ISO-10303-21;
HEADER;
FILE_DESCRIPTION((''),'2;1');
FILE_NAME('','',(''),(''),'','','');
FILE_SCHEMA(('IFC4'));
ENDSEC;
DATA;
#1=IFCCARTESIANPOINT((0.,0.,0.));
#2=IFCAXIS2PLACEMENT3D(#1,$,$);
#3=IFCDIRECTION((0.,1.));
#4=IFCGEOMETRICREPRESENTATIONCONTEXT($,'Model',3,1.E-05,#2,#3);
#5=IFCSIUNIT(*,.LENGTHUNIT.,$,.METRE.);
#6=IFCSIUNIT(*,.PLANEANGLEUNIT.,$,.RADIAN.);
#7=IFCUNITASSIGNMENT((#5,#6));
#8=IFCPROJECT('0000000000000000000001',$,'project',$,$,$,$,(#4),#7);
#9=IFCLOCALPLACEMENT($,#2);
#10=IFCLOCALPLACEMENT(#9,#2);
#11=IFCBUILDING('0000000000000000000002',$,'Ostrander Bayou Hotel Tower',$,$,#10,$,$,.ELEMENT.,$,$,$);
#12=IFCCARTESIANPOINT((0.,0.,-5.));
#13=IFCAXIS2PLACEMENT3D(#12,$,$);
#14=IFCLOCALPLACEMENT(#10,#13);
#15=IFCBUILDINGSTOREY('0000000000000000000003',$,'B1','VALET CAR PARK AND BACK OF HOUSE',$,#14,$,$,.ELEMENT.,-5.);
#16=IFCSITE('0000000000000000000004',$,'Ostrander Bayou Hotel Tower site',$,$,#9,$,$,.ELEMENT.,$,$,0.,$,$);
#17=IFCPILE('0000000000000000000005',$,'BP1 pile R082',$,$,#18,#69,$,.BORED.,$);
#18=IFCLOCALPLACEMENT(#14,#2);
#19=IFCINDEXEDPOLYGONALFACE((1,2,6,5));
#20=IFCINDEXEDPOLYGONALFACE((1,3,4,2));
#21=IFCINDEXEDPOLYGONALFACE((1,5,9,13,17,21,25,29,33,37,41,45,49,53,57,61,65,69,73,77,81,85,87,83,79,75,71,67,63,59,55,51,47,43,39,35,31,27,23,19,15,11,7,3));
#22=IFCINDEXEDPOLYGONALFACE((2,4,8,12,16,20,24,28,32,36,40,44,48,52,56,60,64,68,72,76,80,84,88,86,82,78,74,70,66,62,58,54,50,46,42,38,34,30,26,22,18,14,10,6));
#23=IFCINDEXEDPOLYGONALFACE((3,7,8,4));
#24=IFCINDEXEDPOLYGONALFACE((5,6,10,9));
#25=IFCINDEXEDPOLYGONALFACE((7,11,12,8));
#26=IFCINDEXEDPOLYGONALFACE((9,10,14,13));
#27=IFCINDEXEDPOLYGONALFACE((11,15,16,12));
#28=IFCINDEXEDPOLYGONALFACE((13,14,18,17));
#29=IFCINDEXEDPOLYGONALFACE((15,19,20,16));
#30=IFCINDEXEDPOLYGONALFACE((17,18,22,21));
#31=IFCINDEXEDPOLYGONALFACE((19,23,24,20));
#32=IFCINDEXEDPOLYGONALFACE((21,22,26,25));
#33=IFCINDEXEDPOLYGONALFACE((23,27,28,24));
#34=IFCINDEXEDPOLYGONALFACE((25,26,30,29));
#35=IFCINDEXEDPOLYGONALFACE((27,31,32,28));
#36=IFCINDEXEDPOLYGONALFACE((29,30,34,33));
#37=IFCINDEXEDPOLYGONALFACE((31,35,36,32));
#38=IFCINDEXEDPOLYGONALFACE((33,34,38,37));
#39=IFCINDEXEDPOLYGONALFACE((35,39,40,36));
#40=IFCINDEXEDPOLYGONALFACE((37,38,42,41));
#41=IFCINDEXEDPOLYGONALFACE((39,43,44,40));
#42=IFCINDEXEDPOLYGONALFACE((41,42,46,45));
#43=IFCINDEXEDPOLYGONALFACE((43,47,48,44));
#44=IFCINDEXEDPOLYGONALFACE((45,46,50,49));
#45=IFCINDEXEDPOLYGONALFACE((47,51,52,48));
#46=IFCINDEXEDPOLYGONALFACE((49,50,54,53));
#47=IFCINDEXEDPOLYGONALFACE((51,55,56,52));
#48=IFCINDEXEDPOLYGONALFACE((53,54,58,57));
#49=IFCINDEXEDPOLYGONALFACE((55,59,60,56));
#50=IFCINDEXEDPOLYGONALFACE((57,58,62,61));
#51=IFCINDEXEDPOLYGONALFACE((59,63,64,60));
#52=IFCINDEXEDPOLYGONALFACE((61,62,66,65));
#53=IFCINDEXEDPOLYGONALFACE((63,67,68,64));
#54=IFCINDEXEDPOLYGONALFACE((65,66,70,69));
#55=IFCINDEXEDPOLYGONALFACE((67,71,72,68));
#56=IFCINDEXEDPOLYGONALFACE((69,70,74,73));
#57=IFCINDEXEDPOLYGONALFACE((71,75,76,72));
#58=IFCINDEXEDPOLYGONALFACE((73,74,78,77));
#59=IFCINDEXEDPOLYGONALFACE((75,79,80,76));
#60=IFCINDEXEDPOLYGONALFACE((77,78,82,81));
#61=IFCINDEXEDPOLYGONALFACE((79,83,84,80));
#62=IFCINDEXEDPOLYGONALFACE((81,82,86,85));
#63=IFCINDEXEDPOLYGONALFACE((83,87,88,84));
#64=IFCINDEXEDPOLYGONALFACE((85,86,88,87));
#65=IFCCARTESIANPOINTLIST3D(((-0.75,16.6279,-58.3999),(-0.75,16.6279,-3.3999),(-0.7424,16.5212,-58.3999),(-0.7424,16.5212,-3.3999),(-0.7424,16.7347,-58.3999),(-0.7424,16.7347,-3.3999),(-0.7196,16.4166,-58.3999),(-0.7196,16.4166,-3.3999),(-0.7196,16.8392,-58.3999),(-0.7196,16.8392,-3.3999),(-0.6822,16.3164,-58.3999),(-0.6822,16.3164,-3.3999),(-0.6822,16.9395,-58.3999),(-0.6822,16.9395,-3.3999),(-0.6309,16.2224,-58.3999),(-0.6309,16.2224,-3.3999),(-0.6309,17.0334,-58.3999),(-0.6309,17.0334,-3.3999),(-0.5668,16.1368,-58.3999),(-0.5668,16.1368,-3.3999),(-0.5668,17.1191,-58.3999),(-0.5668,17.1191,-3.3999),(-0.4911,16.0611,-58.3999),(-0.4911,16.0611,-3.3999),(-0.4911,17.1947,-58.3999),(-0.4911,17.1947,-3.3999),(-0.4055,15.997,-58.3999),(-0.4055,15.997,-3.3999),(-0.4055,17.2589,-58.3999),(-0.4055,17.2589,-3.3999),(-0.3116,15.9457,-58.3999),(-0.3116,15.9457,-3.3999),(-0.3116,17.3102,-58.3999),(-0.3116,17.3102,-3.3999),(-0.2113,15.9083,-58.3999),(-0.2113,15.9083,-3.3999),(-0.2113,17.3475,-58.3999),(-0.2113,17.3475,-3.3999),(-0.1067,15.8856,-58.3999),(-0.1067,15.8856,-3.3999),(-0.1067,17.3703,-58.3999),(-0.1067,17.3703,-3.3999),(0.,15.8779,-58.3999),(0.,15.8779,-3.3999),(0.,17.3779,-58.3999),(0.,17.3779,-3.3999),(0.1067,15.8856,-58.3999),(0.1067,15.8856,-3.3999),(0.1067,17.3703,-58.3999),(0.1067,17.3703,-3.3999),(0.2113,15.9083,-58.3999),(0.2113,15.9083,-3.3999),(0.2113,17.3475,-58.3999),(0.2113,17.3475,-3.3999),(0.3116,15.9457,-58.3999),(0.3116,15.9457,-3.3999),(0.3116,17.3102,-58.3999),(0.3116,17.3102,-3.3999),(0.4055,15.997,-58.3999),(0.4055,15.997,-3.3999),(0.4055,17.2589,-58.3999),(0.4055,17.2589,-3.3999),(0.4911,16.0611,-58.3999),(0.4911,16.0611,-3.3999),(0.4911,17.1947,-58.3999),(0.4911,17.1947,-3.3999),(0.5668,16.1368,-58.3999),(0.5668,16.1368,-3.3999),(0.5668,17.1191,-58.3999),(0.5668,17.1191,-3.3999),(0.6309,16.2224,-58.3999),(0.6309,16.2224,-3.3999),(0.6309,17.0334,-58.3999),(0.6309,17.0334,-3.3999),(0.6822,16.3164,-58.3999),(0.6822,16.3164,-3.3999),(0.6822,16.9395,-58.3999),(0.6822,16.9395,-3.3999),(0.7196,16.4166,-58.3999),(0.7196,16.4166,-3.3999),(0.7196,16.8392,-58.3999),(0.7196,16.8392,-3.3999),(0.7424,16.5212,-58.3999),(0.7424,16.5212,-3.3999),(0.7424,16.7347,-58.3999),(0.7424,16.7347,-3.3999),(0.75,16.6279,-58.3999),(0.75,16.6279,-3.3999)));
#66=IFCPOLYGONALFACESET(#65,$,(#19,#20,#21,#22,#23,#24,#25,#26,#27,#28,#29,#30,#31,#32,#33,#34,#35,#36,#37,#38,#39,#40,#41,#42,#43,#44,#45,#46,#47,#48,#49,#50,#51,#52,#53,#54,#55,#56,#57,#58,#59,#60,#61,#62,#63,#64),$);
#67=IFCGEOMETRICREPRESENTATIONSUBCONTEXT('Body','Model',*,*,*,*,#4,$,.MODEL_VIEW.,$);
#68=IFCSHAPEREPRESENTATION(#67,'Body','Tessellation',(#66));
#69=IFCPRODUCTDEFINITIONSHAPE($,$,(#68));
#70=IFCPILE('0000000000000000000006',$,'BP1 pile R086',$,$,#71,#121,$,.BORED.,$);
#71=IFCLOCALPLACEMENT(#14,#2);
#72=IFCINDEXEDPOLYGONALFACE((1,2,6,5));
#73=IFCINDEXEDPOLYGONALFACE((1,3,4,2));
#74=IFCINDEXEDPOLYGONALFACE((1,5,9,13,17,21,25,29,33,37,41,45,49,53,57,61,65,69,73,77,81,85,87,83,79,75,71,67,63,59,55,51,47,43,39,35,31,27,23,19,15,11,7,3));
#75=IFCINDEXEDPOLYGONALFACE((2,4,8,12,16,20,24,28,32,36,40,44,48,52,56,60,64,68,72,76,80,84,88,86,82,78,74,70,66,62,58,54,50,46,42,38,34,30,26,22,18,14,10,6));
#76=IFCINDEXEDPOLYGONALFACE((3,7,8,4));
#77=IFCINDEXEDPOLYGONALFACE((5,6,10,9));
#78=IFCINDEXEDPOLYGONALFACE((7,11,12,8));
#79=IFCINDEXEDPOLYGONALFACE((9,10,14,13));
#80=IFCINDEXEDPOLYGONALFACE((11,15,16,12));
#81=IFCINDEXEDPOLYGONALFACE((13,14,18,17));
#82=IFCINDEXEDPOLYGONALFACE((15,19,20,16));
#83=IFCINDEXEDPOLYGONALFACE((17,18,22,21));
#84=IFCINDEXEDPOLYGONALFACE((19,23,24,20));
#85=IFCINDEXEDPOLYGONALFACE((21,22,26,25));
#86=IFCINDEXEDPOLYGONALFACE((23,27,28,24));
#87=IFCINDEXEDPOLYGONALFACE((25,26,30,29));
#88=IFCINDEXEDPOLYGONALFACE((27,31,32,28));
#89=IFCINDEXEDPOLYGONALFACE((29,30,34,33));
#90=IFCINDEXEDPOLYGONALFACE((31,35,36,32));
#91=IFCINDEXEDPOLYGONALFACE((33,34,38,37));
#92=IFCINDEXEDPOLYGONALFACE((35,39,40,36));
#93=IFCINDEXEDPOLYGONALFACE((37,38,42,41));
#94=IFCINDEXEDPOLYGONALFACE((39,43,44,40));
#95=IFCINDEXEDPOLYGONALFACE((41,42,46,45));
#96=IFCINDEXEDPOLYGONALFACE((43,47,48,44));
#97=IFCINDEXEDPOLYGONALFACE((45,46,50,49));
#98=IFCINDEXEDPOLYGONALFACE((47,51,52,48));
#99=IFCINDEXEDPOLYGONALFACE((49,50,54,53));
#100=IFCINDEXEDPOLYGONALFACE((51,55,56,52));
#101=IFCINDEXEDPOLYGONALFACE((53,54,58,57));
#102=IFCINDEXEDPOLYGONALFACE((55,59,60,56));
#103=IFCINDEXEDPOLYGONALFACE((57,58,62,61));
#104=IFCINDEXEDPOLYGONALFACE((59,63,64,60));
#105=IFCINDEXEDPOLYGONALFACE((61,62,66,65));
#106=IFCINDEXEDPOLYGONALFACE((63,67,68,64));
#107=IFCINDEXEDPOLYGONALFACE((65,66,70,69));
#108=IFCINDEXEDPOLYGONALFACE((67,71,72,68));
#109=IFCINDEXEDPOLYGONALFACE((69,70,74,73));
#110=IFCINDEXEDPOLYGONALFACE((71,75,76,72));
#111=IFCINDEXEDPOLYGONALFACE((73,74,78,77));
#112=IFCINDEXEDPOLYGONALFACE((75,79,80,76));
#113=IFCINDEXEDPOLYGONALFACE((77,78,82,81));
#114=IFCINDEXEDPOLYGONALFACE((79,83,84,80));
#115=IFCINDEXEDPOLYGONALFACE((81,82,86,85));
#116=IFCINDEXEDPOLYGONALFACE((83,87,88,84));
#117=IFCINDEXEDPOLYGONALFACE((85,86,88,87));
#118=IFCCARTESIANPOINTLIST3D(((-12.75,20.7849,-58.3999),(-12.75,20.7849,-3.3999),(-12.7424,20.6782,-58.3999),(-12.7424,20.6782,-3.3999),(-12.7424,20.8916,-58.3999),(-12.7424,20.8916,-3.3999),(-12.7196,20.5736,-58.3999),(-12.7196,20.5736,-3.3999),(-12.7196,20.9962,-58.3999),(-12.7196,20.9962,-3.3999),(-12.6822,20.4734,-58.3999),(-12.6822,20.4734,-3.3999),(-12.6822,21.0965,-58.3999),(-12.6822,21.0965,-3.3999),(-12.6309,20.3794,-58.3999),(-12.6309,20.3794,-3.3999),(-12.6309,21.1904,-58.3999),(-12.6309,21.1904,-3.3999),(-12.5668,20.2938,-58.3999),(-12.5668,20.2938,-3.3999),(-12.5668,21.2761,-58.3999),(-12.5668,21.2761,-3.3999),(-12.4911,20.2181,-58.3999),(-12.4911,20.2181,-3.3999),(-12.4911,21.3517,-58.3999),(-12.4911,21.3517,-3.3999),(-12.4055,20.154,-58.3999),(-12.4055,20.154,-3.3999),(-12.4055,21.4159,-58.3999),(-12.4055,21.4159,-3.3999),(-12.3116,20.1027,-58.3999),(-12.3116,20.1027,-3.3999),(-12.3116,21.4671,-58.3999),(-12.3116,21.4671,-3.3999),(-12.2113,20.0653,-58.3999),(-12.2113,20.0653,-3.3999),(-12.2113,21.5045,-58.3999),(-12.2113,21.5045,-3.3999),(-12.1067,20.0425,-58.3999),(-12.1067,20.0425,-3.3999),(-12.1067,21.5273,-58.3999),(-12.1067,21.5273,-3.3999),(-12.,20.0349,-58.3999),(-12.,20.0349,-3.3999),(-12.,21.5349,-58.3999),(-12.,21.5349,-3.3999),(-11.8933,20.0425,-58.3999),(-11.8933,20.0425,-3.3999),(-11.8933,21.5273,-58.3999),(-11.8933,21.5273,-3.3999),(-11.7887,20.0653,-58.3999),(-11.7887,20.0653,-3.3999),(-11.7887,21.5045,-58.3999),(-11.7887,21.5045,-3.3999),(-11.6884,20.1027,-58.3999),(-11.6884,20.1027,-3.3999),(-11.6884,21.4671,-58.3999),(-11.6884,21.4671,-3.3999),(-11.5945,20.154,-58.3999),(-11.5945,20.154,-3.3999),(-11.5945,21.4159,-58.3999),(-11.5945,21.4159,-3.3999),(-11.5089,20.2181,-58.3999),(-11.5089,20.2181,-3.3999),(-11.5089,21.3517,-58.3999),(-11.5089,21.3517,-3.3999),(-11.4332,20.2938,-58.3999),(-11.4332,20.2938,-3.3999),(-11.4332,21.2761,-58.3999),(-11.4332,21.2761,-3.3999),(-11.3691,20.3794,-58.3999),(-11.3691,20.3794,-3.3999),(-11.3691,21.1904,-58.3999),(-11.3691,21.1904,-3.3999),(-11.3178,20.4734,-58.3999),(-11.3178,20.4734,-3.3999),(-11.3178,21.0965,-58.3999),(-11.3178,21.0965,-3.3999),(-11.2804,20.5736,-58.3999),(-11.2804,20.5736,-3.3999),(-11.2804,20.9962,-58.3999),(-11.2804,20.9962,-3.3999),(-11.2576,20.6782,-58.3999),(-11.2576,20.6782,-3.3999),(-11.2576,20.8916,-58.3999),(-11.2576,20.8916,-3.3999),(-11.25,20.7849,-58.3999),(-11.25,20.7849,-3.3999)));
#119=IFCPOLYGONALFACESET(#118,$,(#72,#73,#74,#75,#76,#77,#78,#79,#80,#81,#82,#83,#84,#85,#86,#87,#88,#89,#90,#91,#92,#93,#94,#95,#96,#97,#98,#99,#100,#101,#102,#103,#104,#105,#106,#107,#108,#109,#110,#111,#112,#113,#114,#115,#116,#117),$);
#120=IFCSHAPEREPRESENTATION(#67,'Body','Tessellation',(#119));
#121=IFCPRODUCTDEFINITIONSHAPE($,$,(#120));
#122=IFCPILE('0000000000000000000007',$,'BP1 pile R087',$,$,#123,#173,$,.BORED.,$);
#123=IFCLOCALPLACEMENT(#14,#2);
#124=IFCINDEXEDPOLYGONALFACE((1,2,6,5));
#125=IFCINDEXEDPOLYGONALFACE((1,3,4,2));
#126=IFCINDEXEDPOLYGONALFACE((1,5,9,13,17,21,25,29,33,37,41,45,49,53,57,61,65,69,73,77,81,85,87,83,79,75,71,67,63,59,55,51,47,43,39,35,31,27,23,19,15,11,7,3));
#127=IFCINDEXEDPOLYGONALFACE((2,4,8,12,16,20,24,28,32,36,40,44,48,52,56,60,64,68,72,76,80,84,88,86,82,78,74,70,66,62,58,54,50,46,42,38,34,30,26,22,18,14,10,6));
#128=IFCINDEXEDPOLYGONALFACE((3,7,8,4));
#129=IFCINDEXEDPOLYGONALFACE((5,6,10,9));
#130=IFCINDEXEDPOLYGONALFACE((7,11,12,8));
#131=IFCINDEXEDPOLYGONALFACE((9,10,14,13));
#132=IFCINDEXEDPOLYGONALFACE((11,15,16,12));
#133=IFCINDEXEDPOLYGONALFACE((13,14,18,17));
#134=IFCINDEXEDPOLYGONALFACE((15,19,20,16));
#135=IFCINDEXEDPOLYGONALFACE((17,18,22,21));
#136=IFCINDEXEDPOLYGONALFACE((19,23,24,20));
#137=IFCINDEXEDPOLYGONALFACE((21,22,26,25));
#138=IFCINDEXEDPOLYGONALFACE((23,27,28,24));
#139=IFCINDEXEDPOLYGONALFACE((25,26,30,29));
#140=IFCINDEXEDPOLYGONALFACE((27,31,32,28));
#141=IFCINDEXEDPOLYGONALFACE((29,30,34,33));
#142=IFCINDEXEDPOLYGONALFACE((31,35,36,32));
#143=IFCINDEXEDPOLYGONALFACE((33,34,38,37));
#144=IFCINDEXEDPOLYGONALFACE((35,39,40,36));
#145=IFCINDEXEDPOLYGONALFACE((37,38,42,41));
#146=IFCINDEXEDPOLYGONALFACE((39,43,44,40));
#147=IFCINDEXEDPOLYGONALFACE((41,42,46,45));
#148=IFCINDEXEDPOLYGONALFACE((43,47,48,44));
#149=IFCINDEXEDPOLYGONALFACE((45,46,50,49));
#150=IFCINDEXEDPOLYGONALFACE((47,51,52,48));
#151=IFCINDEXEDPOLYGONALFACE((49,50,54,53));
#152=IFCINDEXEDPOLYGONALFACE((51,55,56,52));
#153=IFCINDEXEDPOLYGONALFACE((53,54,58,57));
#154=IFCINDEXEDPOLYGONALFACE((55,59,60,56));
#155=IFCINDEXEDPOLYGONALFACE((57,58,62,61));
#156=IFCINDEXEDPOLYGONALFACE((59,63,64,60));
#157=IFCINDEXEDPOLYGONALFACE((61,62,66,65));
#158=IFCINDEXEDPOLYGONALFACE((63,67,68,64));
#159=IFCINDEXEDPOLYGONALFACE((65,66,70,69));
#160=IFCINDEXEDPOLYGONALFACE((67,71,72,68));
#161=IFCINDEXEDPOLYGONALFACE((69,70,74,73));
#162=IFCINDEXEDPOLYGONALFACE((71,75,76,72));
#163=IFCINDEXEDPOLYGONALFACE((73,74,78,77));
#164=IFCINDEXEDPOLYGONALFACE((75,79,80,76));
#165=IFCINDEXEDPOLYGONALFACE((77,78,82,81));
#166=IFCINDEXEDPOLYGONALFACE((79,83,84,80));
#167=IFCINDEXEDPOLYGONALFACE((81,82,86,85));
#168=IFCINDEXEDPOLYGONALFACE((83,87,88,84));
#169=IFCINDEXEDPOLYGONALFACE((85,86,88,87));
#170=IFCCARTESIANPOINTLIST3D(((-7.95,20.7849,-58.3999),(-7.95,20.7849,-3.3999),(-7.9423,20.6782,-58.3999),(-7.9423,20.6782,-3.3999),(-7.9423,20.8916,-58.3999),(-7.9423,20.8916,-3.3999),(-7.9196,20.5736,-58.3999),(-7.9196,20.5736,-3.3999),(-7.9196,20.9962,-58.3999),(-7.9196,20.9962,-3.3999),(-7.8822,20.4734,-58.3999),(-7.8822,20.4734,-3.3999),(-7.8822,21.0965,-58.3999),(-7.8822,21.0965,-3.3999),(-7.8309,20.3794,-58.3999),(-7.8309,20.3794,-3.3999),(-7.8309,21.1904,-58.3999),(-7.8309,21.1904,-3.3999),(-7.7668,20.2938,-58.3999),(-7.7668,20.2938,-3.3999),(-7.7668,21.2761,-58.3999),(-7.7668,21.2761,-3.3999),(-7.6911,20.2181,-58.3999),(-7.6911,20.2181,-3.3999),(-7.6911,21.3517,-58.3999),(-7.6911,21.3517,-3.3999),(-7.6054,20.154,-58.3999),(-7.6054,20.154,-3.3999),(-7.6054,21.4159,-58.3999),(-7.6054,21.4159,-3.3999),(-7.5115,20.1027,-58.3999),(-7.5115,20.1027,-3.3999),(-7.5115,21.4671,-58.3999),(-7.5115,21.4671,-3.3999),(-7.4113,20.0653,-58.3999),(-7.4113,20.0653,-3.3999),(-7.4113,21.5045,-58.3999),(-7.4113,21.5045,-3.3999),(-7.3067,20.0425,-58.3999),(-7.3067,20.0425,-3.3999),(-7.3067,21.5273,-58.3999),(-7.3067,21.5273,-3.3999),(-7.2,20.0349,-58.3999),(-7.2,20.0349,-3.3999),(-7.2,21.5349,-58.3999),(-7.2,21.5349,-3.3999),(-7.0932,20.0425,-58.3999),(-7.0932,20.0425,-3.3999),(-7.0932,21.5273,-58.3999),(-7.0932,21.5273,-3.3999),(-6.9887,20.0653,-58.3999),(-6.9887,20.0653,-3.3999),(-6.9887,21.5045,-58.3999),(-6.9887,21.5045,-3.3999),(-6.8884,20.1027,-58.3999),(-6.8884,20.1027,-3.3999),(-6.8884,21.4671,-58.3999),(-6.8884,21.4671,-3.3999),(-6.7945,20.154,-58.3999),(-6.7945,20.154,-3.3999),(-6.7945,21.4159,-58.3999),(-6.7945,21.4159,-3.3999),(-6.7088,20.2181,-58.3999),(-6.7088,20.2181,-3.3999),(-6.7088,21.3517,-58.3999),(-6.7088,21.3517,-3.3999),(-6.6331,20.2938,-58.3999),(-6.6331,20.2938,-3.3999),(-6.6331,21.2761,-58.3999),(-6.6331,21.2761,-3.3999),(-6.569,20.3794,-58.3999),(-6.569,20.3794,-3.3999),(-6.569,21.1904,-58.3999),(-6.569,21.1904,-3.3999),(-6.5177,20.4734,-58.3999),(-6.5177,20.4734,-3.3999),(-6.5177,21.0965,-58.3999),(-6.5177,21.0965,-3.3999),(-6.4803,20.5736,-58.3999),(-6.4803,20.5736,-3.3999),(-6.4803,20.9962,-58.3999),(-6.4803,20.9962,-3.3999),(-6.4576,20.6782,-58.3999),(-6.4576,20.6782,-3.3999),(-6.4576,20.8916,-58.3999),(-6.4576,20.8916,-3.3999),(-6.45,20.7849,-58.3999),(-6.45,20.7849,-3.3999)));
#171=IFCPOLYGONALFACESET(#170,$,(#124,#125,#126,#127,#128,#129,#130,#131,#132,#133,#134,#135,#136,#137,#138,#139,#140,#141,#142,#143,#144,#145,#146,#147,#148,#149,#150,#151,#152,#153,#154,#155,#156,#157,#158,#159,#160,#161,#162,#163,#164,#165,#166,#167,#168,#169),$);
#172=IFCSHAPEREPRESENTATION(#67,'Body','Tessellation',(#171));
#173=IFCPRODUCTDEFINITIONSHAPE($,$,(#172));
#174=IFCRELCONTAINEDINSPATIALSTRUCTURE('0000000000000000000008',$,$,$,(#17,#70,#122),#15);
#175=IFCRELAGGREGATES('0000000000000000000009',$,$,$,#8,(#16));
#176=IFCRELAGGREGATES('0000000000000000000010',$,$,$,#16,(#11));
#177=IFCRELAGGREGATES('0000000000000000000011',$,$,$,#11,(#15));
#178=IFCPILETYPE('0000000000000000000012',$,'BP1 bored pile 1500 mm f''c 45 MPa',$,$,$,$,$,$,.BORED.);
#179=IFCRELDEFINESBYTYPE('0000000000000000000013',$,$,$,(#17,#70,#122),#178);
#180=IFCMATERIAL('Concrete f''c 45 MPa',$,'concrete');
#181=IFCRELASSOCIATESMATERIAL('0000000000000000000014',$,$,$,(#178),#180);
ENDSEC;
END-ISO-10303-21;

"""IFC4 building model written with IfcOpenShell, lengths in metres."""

from ifc_helpers import new_model, si_unit, direction, frame, origin, origin_2d, place, context, subcontext, project, spatial, circle, extrude, material, material_profile, profile_set, type_object, element, save


model = new_model("IFC4")

# Units and contexts
model_context = context("Model", 3, precision=1e-05, world=origin(), true_north=direction((0.0, 1.0)))
body_context = subcontext(model_context, "Body", "Model", "MODEL_VIEW")
ifc_project = project(units=[si_unit("LENGTHUNIT", "METRE"), si_unit("PLANEANGLEUNIT", "RADIAN")], contexts=[model_context])

# Site, building, storey
site_placement = place(None, origin())
site = spatial("IfcSite", under=ifc_project, at=site_placement, Name="Ostrander Bayou Hotel Tower site", CompositionType="ELEMENT", RefElevation=0.0)
building_placement = place(site_placement, origin())
building = spatial("IfcBuilding", under=site, at=building_placement, Name="Ostrander Bayou Hotel Tower", CompositionType="ELEMENT")
storey_placement = place(building_placement, frame((0.0, 0.0, -5.0)))
storey = spatial("IfcBuildingStorey", under=building, at=storey_placement, Name="B1", Description="VALET CAR PARK AND BACK OF HOUSE", CompositionType="ELEMENT", Elevation=-5.0)

# Piles
ifc_material_1 = material(Name="Concrete f'c 45 MPa", Category="concrete")
ifc_material_profile_1 = material_profile(ifc_material_1, circle(Radius=0.75, at=origin_2d()))
ifc_profile_set_1 = profile_set([ifc_material_profile_1], Name="Concrete f'c 45 MPa")
pile_type_1 = type_object("IfcPileType", Name="BP1 bored pile 1500 mm f'c 45 MPa", PredefinedType="BORED", material=ifc_profile_set_1)
for number, where, z_axis, x_axis, name in (
    (1, (0.0, 16.6279, -3.3999), (0.0, 0.0, -1.0), (1.0, 0.0, 0.0), "BP1 pile R082"),
    (2, (-12.0, 20.7849, -3.3999), (0.0, 0.0, -1.0), (1.0, 0.0, 0.0), "BP1 pile R086"),
    (3, (-7.2, 20.7849, -3.3999), (0.0, 0.0, -1.0), (1.0, 0.0, 0.0), "BP1 pile R087"),
):
    element("IfcPile", number, at=place(storey_placement, frame(where, z_axis=z_axis, x_axis=x_axis)), inside=storey, type_object=pile_type_1, Name=name, PredefinedType="BORED", context=body_context, shape_type="SweptSolid", body=[
        extrude(circle(Radius=0.75, at=origin_2d()), origin(), (0.0, 0.0, 1.0), 55.0),
    ])

save(model, "model.ifc")
